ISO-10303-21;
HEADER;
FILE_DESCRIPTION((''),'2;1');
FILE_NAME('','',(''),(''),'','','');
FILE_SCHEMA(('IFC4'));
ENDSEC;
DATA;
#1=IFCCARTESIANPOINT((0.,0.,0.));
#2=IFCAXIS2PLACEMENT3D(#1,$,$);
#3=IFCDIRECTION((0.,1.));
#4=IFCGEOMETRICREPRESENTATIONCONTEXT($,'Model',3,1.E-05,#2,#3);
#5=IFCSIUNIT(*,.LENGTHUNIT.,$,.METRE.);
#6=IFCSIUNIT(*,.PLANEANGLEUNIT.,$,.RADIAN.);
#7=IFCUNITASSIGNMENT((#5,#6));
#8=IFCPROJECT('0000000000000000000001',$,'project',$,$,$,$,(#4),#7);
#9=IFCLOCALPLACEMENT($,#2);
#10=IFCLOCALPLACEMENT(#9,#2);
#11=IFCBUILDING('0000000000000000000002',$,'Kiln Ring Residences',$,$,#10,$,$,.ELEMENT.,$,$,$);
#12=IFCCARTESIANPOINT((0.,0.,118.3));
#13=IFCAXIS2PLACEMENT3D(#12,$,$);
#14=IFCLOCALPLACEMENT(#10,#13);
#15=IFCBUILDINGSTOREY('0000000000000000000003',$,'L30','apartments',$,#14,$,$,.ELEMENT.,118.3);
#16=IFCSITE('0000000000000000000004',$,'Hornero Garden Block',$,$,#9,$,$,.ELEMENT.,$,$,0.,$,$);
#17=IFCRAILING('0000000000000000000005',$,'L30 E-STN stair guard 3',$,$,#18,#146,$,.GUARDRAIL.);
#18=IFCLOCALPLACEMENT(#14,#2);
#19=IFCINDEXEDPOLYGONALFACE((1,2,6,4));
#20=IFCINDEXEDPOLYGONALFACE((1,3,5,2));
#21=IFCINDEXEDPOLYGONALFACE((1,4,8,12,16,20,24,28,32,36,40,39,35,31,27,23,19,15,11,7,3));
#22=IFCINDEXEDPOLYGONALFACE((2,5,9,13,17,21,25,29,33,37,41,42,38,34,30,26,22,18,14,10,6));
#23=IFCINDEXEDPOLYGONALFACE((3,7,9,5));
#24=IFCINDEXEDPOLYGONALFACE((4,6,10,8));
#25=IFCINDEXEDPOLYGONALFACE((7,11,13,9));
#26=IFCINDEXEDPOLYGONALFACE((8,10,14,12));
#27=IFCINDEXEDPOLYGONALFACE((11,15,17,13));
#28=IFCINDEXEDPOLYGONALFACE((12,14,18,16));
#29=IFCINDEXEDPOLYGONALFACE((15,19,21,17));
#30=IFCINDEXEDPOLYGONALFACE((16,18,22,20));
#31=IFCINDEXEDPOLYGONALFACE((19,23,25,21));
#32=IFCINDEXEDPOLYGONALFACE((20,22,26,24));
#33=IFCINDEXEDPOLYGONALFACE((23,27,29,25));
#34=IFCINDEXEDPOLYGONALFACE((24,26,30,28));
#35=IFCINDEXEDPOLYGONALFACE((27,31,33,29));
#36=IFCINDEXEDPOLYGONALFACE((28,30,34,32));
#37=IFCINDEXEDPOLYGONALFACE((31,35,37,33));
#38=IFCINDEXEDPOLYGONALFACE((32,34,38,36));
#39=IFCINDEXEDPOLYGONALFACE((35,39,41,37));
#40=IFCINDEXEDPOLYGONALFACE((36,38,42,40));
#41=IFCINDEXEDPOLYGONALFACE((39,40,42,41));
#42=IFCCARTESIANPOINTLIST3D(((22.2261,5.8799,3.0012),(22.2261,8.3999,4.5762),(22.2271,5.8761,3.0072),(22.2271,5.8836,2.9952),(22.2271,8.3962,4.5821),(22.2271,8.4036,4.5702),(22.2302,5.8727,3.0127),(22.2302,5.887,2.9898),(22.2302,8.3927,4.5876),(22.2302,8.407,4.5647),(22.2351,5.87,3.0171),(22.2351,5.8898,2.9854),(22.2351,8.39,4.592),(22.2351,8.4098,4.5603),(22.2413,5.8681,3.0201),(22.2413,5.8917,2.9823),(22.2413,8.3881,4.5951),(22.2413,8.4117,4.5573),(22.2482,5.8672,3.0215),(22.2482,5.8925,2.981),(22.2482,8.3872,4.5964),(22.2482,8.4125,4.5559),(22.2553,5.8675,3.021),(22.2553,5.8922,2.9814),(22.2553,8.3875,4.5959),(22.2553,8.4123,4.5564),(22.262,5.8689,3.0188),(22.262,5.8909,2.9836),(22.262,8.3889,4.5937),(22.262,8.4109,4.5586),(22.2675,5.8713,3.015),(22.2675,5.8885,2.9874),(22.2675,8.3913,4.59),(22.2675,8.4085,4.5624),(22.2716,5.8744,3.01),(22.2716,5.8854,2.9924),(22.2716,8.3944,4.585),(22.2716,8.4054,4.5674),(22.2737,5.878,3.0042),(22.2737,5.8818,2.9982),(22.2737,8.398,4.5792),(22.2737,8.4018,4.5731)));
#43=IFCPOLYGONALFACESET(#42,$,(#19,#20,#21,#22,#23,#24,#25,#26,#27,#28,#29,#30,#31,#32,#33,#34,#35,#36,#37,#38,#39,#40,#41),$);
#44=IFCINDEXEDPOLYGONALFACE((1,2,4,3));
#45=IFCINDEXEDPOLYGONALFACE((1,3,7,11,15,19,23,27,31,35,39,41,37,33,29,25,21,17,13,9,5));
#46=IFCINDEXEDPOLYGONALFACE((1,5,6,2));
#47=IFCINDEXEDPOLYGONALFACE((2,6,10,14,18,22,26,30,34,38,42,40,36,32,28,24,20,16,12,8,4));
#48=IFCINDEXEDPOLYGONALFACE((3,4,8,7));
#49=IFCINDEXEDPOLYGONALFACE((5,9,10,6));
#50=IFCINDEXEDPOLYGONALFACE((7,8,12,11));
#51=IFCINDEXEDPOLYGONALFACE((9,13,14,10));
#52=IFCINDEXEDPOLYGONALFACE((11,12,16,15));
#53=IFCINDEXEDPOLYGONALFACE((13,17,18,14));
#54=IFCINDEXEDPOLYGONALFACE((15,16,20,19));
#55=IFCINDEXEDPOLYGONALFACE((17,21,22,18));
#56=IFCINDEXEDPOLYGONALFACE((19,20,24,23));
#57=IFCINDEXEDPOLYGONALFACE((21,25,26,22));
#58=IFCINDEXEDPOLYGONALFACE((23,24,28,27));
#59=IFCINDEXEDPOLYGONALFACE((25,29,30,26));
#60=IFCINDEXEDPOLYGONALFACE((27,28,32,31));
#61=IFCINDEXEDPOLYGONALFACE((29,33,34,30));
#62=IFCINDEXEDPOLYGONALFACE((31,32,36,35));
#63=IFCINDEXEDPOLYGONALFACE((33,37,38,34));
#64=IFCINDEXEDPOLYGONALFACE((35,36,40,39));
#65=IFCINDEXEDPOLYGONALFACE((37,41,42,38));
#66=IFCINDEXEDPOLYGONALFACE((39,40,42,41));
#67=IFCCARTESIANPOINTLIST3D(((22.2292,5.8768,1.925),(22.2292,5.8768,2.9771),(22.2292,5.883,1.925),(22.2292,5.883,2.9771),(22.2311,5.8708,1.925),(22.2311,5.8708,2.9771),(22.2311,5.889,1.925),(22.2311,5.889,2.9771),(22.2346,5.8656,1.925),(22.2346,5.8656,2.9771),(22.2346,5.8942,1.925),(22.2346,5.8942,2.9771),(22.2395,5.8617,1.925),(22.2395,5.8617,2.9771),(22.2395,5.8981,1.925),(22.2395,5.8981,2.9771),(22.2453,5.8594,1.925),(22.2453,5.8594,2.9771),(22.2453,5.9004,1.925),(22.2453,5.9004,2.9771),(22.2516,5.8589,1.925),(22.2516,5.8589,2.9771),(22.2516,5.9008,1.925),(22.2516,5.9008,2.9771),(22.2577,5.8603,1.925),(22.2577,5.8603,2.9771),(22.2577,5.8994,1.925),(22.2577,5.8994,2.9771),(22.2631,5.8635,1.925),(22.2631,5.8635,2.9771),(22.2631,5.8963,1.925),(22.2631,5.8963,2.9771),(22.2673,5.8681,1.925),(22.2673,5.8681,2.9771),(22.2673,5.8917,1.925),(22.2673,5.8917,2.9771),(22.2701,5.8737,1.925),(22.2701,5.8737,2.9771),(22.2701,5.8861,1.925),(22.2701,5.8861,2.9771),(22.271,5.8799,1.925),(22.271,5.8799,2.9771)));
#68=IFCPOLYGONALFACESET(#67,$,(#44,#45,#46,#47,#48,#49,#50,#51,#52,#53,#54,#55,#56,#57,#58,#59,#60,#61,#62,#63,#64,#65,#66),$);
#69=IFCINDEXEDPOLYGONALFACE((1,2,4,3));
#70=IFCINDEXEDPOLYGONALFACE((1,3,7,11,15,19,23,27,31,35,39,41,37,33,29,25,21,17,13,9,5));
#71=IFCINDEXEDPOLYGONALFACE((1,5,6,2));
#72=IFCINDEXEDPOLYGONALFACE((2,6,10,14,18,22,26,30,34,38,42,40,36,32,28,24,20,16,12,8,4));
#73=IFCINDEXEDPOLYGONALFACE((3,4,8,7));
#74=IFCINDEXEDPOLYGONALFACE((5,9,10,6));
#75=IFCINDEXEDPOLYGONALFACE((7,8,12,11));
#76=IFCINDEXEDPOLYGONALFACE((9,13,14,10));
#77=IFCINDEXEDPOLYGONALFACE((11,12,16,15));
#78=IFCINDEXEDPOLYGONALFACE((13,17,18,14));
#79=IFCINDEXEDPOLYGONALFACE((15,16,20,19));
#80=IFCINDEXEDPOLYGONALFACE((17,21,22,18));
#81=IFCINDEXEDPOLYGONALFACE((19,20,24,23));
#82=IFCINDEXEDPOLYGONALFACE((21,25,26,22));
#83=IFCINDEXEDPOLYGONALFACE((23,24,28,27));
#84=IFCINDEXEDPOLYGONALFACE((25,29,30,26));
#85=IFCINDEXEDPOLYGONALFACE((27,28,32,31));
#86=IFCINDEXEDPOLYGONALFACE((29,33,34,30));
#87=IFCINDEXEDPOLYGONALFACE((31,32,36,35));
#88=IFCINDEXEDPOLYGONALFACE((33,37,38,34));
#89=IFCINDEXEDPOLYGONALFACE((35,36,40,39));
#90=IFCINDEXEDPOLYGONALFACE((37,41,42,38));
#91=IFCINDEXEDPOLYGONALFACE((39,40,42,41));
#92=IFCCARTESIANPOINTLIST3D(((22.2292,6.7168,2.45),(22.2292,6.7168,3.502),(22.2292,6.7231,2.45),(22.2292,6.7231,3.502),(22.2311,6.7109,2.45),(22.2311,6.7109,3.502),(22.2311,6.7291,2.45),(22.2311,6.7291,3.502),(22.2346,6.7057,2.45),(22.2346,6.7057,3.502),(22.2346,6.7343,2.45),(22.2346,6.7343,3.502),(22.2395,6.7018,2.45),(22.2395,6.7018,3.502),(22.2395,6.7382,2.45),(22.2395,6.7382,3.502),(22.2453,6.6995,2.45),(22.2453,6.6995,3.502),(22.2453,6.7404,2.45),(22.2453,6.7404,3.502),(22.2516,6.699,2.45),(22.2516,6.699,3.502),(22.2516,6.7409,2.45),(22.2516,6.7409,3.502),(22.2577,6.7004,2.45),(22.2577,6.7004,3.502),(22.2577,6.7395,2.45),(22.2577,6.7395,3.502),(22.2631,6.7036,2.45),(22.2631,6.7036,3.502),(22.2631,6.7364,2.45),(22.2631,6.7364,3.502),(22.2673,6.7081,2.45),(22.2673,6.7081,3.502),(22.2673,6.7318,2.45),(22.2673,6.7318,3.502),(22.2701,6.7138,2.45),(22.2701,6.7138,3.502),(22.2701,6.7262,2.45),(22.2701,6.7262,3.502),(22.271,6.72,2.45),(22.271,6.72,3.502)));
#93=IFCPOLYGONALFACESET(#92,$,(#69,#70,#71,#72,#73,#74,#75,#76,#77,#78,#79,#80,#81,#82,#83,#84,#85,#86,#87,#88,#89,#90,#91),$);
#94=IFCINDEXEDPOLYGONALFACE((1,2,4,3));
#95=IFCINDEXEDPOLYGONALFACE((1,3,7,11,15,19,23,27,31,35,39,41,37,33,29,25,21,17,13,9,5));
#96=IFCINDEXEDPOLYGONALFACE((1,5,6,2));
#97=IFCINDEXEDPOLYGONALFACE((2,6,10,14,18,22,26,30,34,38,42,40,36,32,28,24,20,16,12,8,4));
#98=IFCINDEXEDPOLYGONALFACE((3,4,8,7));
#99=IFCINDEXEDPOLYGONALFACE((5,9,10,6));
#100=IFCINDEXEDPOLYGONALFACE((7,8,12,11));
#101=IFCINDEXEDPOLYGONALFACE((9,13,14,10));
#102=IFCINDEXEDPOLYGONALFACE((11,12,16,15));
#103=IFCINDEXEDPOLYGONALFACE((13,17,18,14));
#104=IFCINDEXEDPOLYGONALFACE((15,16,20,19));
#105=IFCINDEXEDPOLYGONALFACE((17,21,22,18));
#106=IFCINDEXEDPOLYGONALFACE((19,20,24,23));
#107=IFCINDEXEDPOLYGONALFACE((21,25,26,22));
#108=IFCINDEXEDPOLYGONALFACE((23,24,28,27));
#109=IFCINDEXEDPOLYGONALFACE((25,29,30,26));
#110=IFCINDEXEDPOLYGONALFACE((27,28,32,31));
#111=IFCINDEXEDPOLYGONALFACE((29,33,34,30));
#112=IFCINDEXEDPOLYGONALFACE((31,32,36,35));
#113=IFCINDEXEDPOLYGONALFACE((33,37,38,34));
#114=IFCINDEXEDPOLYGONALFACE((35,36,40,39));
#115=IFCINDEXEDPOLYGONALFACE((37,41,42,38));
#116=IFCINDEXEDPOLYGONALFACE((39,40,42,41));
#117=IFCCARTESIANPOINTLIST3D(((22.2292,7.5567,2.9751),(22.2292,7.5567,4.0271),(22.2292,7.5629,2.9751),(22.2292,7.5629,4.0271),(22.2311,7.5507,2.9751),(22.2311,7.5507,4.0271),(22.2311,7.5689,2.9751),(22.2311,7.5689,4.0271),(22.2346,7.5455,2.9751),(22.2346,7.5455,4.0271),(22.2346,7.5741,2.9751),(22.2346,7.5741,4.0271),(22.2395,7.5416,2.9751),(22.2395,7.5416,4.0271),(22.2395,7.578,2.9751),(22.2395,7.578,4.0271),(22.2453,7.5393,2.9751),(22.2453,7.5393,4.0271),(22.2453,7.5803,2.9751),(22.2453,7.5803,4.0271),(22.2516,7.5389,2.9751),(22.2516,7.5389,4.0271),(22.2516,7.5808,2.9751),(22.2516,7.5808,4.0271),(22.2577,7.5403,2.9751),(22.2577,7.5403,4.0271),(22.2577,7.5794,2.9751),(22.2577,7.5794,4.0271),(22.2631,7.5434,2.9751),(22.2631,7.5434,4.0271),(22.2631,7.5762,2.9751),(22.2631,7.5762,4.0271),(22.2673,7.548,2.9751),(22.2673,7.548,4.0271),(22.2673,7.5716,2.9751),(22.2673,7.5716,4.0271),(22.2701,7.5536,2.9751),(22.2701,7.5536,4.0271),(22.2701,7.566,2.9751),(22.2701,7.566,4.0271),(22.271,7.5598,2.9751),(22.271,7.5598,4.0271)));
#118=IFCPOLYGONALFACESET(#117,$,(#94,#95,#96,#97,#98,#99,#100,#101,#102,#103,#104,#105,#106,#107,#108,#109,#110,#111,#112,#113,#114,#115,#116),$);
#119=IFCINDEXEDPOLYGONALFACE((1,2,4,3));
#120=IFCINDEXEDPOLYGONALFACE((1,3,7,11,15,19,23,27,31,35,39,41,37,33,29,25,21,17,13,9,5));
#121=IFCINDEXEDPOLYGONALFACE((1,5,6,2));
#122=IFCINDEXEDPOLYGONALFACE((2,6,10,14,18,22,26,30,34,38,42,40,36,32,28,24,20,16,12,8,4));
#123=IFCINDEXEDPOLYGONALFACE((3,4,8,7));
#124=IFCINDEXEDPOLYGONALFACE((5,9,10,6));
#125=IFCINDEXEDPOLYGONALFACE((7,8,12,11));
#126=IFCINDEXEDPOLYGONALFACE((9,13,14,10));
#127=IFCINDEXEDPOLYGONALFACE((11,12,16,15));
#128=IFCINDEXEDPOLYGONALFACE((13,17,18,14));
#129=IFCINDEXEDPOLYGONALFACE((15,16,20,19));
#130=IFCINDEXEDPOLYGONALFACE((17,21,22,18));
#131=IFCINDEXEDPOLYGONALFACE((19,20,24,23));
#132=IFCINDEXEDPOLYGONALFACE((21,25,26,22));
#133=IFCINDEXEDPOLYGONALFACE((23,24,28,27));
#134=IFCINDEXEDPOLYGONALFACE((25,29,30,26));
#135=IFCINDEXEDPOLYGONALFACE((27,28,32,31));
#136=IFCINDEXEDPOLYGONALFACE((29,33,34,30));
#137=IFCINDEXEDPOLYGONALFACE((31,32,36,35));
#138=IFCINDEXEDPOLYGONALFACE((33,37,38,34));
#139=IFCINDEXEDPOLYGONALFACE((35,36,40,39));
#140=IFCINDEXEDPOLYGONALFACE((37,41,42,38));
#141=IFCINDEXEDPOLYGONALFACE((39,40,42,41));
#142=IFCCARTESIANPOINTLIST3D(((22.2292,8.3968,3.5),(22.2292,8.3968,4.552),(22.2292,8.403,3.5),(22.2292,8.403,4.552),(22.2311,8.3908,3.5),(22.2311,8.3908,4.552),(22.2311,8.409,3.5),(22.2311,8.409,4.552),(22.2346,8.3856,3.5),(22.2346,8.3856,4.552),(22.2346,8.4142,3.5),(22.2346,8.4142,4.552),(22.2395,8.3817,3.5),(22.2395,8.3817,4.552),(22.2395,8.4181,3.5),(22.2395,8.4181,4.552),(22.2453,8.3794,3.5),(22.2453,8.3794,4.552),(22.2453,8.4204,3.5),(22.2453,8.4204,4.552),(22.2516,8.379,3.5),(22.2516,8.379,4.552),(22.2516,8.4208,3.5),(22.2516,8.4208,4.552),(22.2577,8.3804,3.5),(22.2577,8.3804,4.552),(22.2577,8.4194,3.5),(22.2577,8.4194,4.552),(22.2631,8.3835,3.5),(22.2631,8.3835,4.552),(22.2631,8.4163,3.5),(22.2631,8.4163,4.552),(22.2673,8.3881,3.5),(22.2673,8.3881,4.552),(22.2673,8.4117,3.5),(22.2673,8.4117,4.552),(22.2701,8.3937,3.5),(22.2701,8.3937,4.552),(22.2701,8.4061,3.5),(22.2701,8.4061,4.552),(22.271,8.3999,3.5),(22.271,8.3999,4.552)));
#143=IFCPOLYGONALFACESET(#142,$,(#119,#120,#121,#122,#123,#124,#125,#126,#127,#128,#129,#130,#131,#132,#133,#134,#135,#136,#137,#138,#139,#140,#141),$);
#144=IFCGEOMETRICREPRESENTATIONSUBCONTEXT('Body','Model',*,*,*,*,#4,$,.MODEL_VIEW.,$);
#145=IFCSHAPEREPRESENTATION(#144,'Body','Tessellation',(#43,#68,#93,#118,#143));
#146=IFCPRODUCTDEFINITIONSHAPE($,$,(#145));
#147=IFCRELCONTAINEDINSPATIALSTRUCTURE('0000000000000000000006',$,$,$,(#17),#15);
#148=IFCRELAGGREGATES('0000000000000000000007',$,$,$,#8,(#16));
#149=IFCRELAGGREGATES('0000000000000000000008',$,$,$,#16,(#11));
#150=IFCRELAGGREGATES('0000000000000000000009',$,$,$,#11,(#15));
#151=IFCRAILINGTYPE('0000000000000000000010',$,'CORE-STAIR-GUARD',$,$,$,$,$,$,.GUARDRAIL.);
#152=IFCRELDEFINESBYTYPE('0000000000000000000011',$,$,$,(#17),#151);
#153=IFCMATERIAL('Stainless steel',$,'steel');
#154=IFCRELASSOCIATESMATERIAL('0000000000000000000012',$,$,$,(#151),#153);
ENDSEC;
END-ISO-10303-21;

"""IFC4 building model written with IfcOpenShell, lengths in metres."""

from ifc_helpers import new_model, si_unit, direction, frame, origin, origin_2d, place, context, subcontext, project, spatial, circle, extrude, material, type_object, element, save


model = new_model("IFC4")

# Units and contexts
model_context = context("Model", 3, precision=1e-05, world=origin(), true_north=direction((0.0, 1.0)))
body_context = subcontext(model_context, "Body", "Model", "MODEL_VIEW")
ifc_project = project(units=[si_unit("LENGTHUNIT", "METRE"), si_unit("PLANEANGLEUNIT", "RADIAN")], contexts=[model_context])

# Site, building, storey
site_placement = place(None, origin())
site = spatial("IfcSite", under=ifc_project, at=site_placement, Name="Hornero Garden Block", CompositionType="ELEMENT", RefElevation=0.0)
building_placement = place(site_placement, origin())
building = spatial("IfcBuilding", under=site, at=building_placement, Name="Kiln Ring Residences", CompositionType="ELEMENT")
storey_placement = place(building_placement, frame((0.0, 0.0, 118.3)))
storey = spatial("IfcBuildingStorey", under=building, at=storey_placement, Name="L30", Description="apartments", CompositionType="ELEMENT", Elevation=118.3)

# Railing
ifc_material_1 = material(Name="Stainless steel", Category="steel")
railing_type_1 = type_object("IfcRailingType", Name="CORE-STAIR-GUARD", PredefinedType="GUARDRAIL", material=ifc_material_1)
railing_1_placement = place(storey_placement, frame((22.25, 5.8799, 1.925)))
element("IfcRailing", 1, at=railing_1_placement, inside=storey, type_object=railing_type_1, Name="L30 E-STN stair guard 3", PredefinedType="GUARDRAIL", context=body_context, shape_type="SweptSolid", body=[
    extrude(circle(Radius=0.0239, at=origin_2d()), frame((0.0, 0.0, 1.0762), z_axis=(0.0, 0.848008, 0.529984), x_axis=(-1.0, 0.0, 0.0)), (0.0, 0.0, 1.0), 2.9717),
    extrude(circle(Radius=0.021, at=origin_2d()), origin(), (0.0, 0.0, 1.0), 1.052),
    extrude(circle(Radius=0.021, at=origin_2d()), frame((0.0, 0.8401, 0.5249)), (0.0, 0.0, 1.0), 1.052),
    extrude(circle(Radius=0.021, at=origin_2d()), frame((0.0, 1.6799, 1.05)), (0.0, 0.0, 1.0), 1.052),
    extrude(circle(Radius=0.021, at=origin_2d()), frame((0.0, 2.52, 1.575)), (0.0, 0.0, 1.0), 1.052),
])

save(model, "model.ifc")
